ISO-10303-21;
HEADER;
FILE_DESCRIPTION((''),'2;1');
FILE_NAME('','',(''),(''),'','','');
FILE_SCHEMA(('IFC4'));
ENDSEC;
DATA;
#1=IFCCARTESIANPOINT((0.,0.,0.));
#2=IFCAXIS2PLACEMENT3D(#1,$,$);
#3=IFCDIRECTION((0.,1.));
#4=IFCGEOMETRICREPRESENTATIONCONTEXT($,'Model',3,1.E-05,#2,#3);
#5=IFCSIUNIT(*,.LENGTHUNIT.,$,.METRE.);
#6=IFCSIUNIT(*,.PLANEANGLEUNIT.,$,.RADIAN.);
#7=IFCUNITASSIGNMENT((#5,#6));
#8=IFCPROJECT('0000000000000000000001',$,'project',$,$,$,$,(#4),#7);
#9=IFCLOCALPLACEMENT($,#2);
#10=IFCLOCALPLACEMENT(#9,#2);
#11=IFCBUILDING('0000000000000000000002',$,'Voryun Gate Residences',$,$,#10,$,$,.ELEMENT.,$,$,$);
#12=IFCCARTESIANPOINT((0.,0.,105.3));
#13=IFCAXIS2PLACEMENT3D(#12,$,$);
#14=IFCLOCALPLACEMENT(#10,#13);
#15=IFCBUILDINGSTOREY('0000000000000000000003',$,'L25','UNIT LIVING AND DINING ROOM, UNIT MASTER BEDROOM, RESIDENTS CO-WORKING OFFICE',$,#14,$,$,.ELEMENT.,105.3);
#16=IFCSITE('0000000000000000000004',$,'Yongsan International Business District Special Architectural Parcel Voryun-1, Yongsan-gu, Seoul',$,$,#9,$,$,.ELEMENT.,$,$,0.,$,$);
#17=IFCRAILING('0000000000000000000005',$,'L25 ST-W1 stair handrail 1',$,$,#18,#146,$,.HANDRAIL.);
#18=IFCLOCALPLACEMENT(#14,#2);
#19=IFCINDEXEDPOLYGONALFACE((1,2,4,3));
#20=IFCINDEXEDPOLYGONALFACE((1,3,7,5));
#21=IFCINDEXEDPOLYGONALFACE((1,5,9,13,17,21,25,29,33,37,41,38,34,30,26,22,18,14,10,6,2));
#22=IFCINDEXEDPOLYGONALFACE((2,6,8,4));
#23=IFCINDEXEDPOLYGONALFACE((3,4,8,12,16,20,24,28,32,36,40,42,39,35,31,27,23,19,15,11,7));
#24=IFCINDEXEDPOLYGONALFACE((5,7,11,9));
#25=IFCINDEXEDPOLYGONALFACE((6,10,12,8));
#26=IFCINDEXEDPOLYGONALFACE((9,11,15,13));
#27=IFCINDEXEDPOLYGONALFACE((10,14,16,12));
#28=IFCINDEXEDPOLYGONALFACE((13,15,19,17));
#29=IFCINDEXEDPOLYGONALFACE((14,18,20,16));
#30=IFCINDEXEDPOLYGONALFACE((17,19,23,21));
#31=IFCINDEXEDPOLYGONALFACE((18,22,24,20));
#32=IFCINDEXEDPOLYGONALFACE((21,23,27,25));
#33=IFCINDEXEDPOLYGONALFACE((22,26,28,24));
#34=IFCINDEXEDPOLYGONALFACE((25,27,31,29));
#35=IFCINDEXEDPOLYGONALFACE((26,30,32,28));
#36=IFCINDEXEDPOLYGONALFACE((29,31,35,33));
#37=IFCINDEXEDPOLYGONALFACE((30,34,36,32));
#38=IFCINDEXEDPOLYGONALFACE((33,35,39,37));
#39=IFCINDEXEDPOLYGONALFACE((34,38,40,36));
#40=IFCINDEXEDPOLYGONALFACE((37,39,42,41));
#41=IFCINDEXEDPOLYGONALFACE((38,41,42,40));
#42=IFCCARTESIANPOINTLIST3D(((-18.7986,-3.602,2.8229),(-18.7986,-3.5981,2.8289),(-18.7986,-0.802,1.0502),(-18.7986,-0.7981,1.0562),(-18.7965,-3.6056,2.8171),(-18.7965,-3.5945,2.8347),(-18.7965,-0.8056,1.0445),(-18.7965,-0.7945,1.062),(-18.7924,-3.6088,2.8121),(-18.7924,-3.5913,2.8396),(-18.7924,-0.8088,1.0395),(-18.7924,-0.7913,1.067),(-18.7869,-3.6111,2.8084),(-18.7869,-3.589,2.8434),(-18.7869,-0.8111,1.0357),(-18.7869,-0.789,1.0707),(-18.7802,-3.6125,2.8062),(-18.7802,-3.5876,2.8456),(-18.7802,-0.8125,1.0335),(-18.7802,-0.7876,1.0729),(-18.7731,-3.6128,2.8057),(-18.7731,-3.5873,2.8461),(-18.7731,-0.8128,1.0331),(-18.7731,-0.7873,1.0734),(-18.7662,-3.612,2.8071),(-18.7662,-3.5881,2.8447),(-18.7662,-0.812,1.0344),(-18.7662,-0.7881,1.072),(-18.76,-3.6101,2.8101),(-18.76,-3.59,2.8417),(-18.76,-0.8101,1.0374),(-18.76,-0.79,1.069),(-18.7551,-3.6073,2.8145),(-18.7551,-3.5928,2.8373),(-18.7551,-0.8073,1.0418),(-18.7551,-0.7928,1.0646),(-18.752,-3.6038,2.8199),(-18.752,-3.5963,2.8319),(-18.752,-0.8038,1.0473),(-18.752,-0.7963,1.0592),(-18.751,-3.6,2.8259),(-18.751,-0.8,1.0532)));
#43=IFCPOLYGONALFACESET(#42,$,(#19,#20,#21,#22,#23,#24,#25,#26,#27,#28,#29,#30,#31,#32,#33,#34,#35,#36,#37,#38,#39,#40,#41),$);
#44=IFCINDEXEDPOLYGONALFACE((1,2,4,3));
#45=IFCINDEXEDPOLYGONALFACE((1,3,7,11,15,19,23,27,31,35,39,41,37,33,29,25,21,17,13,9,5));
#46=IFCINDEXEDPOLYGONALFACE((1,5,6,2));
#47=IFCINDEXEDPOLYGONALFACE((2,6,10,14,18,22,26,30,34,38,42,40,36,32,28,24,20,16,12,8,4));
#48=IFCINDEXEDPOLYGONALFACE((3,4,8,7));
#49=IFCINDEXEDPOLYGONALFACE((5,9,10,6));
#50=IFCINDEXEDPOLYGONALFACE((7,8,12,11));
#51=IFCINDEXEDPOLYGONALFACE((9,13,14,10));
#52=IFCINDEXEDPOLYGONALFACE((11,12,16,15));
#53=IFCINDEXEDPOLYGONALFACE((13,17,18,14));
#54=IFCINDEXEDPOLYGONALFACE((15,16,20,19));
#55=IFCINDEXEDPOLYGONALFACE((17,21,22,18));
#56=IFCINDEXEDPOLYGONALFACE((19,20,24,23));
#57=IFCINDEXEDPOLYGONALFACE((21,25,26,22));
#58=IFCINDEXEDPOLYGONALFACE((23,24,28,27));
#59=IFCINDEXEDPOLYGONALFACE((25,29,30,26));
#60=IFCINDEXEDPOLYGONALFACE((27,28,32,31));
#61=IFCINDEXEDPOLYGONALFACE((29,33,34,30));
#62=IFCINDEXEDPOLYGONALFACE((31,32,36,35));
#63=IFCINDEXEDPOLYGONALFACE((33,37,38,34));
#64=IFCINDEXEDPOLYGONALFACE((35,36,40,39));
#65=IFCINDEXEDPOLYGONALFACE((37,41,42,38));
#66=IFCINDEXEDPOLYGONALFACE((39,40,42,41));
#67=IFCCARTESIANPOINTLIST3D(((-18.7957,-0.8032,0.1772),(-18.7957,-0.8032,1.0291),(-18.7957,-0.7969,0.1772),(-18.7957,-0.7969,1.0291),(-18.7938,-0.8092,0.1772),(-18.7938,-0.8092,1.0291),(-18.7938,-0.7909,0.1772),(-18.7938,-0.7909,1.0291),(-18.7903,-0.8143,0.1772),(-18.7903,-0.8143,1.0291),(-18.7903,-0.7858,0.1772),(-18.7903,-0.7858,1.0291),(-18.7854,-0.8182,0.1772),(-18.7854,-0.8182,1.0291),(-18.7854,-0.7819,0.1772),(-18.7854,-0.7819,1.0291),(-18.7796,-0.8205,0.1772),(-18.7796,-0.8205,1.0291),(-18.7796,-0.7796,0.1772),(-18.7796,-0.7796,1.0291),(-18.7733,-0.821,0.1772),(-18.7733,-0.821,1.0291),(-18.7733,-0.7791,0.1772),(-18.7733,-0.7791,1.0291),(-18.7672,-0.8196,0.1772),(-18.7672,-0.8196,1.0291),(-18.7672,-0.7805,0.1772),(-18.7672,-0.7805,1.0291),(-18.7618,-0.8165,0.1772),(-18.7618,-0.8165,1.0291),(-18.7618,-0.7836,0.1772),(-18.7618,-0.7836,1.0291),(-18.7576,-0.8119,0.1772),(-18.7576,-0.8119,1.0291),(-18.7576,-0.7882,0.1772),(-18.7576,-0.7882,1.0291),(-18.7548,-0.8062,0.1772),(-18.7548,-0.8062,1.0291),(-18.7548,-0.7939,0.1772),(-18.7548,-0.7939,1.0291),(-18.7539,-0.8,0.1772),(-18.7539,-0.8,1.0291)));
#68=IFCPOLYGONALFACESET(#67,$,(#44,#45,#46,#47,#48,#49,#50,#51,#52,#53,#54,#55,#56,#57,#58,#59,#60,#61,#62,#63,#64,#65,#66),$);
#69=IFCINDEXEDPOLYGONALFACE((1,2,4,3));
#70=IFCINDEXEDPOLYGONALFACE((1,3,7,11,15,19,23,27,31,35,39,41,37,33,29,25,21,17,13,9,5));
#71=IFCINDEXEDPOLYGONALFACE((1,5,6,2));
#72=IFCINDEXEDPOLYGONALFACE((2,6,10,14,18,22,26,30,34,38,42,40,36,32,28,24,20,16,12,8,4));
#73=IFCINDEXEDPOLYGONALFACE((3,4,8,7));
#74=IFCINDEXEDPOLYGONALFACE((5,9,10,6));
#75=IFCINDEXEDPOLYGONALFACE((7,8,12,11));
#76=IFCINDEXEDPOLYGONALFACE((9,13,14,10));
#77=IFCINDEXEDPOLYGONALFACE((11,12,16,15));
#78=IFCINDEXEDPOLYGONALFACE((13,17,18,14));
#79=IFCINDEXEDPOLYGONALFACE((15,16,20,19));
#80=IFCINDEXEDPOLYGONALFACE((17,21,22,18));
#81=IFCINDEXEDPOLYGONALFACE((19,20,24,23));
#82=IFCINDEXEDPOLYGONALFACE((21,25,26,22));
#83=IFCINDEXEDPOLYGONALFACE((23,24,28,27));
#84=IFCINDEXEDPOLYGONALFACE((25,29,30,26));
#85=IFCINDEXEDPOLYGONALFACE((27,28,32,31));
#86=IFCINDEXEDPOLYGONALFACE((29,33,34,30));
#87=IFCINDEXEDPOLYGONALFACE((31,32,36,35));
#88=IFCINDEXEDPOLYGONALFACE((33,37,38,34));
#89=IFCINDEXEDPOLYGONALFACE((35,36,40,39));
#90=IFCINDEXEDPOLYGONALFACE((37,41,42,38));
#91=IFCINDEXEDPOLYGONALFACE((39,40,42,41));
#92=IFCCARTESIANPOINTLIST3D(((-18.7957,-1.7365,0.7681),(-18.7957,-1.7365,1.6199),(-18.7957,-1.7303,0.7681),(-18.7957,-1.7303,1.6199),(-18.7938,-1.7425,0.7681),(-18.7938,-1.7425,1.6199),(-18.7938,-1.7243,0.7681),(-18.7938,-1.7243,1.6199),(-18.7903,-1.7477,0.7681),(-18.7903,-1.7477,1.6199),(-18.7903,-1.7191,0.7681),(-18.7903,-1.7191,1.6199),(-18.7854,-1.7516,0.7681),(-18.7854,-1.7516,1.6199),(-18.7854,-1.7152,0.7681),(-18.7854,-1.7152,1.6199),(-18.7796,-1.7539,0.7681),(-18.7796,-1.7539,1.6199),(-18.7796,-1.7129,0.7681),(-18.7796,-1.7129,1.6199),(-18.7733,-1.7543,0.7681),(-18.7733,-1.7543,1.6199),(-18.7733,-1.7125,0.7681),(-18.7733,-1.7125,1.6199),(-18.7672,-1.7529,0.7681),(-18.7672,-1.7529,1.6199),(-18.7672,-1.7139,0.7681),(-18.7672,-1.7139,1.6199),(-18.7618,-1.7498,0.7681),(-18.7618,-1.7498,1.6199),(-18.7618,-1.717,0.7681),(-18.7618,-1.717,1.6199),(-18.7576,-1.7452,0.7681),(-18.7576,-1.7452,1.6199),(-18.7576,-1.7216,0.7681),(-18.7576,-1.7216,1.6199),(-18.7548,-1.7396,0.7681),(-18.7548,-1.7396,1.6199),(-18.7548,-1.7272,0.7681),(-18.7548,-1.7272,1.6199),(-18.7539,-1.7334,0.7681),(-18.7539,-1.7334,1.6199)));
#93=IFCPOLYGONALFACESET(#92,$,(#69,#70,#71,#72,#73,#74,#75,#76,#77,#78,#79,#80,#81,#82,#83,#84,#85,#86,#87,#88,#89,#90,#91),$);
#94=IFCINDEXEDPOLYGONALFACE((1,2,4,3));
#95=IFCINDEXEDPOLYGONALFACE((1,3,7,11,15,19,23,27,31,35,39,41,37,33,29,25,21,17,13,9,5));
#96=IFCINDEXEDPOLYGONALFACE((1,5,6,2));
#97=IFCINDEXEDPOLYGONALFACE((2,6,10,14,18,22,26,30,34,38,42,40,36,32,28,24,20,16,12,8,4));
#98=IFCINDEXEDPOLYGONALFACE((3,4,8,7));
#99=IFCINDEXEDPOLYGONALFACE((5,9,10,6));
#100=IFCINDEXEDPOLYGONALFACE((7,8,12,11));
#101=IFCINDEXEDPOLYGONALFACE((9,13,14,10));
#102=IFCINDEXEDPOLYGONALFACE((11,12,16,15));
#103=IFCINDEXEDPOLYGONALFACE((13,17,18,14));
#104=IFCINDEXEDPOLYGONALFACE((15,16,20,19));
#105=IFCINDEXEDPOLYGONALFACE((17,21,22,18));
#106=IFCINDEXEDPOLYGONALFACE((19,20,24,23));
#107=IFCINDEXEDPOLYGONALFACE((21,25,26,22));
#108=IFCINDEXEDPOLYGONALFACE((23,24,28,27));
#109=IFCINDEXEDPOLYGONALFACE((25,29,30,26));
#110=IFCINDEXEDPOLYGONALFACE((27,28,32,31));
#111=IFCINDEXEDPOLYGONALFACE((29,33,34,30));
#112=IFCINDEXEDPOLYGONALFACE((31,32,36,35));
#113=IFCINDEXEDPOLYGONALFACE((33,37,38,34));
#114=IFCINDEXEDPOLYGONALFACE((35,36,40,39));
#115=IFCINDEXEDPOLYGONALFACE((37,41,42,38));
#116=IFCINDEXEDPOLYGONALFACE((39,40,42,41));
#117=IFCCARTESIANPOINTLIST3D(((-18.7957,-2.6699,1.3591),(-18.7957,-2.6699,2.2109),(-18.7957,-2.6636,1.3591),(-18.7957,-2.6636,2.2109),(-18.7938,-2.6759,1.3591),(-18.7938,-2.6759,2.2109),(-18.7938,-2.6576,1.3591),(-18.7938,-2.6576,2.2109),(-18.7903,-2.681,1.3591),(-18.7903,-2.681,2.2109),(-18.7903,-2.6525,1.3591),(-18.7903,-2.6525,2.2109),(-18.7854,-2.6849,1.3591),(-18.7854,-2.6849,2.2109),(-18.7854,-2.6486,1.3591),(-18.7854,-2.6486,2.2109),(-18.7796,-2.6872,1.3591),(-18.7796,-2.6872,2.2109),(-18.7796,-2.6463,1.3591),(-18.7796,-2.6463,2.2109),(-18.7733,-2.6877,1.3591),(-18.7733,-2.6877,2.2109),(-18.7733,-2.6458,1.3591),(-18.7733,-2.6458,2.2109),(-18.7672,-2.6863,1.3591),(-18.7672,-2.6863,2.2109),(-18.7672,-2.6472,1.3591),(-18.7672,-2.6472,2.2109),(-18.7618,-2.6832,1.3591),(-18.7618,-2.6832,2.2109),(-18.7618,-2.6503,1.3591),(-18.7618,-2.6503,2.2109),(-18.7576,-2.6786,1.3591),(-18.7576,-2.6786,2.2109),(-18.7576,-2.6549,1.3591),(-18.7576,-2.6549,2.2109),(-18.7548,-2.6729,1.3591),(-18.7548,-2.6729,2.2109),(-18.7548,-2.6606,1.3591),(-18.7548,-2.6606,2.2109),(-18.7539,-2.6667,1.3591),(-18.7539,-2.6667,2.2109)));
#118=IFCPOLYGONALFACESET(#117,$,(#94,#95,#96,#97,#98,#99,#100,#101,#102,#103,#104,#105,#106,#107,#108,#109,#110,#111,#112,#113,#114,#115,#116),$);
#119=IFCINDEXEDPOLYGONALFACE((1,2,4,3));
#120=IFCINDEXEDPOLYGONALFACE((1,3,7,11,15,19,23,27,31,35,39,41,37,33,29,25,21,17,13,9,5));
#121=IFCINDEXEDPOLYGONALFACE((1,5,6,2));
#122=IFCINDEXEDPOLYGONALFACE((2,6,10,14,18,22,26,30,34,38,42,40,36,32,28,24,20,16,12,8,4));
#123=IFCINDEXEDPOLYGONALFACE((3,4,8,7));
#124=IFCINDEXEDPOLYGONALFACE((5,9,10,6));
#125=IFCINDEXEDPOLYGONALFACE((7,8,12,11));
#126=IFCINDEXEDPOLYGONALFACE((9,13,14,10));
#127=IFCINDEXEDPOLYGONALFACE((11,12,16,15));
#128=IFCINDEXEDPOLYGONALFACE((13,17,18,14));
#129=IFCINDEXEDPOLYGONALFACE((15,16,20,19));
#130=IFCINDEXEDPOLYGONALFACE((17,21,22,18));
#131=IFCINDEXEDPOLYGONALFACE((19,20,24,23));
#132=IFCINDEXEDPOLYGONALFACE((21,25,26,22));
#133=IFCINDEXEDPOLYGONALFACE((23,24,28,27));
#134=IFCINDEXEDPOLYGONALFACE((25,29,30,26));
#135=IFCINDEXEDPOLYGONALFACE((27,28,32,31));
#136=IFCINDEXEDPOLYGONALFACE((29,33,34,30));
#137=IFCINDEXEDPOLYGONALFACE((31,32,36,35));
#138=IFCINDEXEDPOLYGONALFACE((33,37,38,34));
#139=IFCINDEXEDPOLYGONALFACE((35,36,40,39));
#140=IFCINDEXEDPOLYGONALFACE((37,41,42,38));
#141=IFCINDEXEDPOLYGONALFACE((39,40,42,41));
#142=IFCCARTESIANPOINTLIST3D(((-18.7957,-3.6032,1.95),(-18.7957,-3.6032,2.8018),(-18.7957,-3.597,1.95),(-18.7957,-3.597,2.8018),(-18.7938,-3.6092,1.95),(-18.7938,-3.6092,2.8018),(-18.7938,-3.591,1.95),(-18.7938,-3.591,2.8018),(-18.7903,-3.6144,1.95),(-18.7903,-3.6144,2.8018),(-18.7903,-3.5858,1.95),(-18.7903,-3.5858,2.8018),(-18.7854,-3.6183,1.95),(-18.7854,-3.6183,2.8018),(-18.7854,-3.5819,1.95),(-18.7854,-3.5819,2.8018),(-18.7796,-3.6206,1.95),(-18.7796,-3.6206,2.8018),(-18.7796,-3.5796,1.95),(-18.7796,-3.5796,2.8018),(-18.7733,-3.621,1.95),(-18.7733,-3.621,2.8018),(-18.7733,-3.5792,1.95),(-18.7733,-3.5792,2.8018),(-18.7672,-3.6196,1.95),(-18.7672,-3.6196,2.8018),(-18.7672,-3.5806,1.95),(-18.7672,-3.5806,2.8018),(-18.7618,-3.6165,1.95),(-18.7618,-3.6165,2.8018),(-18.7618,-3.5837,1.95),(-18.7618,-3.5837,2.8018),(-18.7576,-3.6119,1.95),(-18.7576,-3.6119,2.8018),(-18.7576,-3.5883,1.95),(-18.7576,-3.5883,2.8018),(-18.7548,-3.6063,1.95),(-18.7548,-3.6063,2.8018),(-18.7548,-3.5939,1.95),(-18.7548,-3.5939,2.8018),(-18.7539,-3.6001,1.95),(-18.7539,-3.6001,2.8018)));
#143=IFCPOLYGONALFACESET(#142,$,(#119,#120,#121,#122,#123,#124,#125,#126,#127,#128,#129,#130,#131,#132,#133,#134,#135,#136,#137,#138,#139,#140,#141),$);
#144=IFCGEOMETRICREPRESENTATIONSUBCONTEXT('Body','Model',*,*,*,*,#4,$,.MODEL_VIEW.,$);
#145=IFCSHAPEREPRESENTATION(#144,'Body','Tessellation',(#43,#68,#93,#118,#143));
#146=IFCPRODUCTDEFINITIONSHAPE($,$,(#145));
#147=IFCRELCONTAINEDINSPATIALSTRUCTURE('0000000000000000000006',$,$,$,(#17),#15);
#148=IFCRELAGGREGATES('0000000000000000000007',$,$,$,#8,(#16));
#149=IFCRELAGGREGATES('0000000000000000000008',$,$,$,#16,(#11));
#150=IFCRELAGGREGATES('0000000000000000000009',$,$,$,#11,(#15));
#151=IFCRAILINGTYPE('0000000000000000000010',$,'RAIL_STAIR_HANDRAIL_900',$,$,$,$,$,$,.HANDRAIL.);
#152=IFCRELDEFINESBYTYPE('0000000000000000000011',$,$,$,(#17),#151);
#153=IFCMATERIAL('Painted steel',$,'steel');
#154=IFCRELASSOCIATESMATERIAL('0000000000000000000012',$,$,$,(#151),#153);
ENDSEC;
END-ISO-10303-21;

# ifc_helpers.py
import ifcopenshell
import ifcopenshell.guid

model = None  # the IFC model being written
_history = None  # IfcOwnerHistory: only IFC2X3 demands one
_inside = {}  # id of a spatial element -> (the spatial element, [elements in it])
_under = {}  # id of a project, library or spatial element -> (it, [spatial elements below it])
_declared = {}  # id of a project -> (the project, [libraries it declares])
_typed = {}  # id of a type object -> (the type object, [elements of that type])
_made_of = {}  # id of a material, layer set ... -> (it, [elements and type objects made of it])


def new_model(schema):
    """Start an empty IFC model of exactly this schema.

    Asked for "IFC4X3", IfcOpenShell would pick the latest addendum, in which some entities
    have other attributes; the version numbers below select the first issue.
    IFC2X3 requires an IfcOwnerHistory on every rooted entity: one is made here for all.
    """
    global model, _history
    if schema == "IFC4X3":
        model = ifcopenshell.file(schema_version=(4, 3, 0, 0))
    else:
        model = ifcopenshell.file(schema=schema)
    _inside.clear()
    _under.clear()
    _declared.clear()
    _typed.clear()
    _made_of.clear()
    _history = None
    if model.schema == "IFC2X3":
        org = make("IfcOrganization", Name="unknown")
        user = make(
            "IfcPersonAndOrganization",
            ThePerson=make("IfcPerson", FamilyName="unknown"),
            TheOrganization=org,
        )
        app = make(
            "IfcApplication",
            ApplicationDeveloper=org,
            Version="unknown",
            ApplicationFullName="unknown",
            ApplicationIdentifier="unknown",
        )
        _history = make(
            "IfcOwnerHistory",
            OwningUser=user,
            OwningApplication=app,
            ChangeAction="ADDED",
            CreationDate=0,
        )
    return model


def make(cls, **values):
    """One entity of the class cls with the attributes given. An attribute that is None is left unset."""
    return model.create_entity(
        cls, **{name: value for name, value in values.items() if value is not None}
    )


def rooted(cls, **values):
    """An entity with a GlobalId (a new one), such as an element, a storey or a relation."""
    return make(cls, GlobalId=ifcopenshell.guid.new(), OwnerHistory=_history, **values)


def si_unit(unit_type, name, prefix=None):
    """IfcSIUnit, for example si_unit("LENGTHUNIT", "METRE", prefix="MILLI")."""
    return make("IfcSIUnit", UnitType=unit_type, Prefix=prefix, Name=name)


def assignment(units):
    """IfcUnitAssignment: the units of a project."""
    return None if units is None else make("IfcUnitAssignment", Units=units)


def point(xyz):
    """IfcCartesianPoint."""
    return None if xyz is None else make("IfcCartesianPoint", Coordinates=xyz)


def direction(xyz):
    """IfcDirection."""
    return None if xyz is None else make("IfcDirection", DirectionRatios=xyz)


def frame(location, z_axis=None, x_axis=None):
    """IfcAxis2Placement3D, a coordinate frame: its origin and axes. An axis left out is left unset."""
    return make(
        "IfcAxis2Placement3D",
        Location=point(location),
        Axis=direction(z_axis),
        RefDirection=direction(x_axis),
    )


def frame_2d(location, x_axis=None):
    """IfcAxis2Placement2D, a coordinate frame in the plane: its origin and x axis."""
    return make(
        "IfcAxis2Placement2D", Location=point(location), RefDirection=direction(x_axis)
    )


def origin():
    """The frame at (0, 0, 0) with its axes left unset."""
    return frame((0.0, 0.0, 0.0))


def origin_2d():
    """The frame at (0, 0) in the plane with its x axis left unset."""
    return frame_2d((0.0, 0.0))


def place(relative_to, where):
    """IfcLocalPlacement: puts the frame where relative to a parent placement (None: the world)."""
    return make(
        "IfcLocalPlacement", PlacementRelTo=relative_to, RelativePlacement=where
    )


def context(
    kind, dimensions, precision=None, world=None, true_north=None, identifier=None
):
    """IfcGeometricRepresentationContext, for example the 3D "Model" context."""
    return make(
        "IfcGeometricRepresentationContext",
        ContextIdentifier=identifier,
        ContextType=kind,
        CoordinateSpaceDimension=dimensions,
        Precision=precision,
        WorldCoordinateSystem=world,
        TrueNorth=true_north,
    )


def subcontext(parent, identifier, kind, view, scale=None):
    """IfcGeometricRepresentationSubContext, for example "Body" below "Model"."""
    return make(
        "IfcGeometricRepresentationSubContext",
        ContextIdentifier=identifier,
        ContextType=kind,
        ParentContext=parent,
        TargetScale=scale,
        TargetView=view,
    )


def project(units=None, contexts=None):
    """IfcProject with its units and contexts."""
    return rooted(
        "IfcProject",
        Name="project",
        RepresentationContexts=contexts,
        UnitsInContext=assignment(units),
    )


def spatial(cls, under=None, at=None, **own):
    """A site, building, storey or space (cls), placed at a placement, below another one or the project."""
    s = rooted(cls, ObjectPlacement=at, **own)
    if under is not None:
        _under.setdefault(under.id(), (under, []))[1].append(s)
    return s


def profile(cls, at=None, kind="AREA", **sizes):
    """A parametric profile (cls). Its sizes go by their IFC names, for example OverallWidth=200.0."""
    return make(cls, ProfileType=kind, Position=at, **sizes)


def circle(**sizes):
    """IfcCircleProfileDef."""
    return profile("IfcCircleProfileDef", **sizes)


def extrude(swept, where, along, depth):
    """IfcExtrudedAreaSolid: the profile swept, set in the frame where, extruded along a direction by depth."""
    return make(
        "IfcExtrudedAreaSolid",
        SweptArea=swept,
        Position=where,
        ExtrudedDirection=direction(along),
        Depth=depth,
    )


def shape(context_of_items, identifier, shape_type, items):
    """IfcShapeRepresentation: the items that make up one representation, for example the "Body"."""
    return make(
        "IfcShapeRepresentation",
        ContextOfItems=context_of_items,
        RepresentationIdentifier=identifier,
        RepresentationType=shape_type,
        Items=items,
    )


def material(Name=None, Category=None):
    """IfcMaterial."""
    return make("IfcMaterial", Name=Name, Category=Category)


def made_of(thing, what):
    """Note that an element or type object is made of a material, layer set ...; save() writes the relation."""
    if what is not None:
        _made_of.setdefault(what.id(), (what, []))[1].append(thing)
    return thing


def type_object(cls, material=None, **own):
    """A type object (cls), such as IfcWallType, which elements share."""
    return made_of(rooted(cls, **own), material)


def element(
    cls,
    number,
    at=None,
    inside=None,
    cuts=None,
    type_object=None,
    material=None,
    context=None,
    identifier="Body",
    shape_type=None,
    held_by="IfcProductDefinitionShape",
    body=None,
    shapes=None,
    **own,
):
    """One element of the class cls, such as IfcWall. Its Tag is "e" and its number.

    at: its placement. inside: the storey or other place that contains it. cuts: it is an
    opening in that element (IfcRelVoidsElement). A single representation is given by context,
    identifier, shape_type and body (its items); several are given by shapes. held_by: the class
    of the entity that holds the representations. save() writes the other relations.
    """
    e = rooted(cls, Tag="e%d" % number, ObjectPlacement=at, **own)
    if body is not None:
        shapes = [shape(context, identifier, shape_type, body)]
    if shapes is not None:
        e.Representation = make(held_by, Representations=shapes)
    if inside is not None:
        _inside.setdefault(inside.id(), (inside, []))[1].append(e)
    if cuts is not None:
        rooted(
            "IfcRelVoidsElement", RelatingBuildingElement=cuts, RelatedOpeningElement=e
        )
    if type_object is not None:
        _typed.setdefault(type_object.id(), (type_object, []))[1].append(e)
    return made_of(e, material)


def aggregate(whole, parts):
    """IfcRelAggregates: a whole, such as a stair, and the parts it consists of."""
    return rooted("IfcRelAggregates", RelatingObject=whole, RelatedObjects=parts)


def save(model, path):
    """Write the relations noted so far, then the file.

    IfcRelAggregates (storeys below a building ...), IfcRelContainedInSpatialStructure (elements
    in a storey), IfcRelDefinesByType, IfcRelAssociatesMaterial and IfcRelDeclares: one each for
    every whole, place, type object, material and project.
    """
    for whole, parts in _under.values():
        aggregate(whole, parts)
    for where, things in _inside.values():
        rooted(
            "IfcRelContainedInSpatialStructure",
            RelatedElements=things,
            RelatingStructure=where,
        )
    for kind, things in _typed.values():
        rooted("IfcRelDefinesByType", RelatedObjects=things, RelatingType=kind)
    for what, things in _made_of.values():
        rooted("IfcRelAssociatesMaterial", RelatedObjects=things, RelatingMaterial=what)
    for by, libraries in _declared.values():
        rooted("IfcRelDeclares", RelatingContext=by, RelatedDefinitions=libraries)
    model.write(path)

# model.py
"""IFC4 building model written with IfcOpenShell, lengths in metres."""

from ifc_helpers import new_model, si_unit, direction, frame, origin, origin_2d, place, context, subcontext, project, spatial, circle, extrude, material, type_object, element, save


model = new_model("IFC4")

# Units and contexts
model_context = context("Model", 3, precision=1e-05, world=origin(), true_north=direction((0.0, 1.0)))
body_context = subcontext(model_context, "Body", "Model", "MODEL_VIEW")
ifc_project = project(units=[si_unit("LENGTHUNIT", "METRE"), si_unit("PLANEANGLEUNIT", "RADIAN")], contexts=[model_context])

# Site, building, storey
site_placement = place(None, origin())
site = spatial("IfcSite", under=ifc_project, at=site_placement, Name="Yongsan International Business District Special Architectural Parcel Voryun-1, Yongsan-gu, Seoul", CompositionType="ELEMENT", RefElevation=0.0)
building_placement = place(site_placement, origin())
building = spatial("IfcBuilding", under=site, at=building_placement, Name="Voryun Gate Residences", CompositionType="ELEMENT")
storey_placement = place(building_placement, frame((0.0, 0.0, 105.3)))
storey = spatial("IfcBuildingStorey", under=building, at=storey_placement, Name="L25", Description="UNIT LIVING AND DINING ROOM, UNIT MASTER BEDROOM, RESIDENTS CO-WORKING OFFICE", CompositionType="ELEMENT", Elevation=105.3)

# Railing
ifc_material_1 = material(Name="Painted steel", Category="steel")
railing_type_1 = type_object("IfcRailingType", Name="RAIL_STAIR_HANDRAIL_900", PredefinedType="HANDRAIL", material=ifc_material_1)
railing_1_placement = place(storey_placement, frame((-18.7749, -0.8, 0.1772)))
element("IfcRailing", 1, at=railing_1_placement, inside=storey, type_object=railing_type_1, Name="L25 ST-W1 stair handrail 1", PredefinedType="HANDRAIL", context=body_context, shape_type="SweptSolid", body=[
    extrude(circle(Radius=0.0239, at=origin_2d()), frame((0.0, 0.0, 0.876), z_axis=(0.0, -0.844909, 0.53491), x_axis=(1.0, 0.0, 0.0)), (0.0, 0.0, 1.0), 3.314),
    extrude(circle(Radius=0.021, at=origin_2d()), origin(), (0.0, 0.0, 1.0), 0.8518),
    extrude(circle(Radius=0.021, at=origin_2d()), frame((0.0, -0.9333, 0.5908)), (0.0, 0.0, 1.0), 0.8518),
    extrude(circle(Radius=0.021, at=origin_2d()), frame((0.0, -1.8667, 1.1819)), (0.0, 0.0, 1.0), 0.8518),
    extrude(circle(Radius=0.021, at=origin_2d()), frame((0.0, -2.8, 1.7727)), (0.0, 0.0, 1.0), 0.8518),
])

save(model, "model.ifc")
